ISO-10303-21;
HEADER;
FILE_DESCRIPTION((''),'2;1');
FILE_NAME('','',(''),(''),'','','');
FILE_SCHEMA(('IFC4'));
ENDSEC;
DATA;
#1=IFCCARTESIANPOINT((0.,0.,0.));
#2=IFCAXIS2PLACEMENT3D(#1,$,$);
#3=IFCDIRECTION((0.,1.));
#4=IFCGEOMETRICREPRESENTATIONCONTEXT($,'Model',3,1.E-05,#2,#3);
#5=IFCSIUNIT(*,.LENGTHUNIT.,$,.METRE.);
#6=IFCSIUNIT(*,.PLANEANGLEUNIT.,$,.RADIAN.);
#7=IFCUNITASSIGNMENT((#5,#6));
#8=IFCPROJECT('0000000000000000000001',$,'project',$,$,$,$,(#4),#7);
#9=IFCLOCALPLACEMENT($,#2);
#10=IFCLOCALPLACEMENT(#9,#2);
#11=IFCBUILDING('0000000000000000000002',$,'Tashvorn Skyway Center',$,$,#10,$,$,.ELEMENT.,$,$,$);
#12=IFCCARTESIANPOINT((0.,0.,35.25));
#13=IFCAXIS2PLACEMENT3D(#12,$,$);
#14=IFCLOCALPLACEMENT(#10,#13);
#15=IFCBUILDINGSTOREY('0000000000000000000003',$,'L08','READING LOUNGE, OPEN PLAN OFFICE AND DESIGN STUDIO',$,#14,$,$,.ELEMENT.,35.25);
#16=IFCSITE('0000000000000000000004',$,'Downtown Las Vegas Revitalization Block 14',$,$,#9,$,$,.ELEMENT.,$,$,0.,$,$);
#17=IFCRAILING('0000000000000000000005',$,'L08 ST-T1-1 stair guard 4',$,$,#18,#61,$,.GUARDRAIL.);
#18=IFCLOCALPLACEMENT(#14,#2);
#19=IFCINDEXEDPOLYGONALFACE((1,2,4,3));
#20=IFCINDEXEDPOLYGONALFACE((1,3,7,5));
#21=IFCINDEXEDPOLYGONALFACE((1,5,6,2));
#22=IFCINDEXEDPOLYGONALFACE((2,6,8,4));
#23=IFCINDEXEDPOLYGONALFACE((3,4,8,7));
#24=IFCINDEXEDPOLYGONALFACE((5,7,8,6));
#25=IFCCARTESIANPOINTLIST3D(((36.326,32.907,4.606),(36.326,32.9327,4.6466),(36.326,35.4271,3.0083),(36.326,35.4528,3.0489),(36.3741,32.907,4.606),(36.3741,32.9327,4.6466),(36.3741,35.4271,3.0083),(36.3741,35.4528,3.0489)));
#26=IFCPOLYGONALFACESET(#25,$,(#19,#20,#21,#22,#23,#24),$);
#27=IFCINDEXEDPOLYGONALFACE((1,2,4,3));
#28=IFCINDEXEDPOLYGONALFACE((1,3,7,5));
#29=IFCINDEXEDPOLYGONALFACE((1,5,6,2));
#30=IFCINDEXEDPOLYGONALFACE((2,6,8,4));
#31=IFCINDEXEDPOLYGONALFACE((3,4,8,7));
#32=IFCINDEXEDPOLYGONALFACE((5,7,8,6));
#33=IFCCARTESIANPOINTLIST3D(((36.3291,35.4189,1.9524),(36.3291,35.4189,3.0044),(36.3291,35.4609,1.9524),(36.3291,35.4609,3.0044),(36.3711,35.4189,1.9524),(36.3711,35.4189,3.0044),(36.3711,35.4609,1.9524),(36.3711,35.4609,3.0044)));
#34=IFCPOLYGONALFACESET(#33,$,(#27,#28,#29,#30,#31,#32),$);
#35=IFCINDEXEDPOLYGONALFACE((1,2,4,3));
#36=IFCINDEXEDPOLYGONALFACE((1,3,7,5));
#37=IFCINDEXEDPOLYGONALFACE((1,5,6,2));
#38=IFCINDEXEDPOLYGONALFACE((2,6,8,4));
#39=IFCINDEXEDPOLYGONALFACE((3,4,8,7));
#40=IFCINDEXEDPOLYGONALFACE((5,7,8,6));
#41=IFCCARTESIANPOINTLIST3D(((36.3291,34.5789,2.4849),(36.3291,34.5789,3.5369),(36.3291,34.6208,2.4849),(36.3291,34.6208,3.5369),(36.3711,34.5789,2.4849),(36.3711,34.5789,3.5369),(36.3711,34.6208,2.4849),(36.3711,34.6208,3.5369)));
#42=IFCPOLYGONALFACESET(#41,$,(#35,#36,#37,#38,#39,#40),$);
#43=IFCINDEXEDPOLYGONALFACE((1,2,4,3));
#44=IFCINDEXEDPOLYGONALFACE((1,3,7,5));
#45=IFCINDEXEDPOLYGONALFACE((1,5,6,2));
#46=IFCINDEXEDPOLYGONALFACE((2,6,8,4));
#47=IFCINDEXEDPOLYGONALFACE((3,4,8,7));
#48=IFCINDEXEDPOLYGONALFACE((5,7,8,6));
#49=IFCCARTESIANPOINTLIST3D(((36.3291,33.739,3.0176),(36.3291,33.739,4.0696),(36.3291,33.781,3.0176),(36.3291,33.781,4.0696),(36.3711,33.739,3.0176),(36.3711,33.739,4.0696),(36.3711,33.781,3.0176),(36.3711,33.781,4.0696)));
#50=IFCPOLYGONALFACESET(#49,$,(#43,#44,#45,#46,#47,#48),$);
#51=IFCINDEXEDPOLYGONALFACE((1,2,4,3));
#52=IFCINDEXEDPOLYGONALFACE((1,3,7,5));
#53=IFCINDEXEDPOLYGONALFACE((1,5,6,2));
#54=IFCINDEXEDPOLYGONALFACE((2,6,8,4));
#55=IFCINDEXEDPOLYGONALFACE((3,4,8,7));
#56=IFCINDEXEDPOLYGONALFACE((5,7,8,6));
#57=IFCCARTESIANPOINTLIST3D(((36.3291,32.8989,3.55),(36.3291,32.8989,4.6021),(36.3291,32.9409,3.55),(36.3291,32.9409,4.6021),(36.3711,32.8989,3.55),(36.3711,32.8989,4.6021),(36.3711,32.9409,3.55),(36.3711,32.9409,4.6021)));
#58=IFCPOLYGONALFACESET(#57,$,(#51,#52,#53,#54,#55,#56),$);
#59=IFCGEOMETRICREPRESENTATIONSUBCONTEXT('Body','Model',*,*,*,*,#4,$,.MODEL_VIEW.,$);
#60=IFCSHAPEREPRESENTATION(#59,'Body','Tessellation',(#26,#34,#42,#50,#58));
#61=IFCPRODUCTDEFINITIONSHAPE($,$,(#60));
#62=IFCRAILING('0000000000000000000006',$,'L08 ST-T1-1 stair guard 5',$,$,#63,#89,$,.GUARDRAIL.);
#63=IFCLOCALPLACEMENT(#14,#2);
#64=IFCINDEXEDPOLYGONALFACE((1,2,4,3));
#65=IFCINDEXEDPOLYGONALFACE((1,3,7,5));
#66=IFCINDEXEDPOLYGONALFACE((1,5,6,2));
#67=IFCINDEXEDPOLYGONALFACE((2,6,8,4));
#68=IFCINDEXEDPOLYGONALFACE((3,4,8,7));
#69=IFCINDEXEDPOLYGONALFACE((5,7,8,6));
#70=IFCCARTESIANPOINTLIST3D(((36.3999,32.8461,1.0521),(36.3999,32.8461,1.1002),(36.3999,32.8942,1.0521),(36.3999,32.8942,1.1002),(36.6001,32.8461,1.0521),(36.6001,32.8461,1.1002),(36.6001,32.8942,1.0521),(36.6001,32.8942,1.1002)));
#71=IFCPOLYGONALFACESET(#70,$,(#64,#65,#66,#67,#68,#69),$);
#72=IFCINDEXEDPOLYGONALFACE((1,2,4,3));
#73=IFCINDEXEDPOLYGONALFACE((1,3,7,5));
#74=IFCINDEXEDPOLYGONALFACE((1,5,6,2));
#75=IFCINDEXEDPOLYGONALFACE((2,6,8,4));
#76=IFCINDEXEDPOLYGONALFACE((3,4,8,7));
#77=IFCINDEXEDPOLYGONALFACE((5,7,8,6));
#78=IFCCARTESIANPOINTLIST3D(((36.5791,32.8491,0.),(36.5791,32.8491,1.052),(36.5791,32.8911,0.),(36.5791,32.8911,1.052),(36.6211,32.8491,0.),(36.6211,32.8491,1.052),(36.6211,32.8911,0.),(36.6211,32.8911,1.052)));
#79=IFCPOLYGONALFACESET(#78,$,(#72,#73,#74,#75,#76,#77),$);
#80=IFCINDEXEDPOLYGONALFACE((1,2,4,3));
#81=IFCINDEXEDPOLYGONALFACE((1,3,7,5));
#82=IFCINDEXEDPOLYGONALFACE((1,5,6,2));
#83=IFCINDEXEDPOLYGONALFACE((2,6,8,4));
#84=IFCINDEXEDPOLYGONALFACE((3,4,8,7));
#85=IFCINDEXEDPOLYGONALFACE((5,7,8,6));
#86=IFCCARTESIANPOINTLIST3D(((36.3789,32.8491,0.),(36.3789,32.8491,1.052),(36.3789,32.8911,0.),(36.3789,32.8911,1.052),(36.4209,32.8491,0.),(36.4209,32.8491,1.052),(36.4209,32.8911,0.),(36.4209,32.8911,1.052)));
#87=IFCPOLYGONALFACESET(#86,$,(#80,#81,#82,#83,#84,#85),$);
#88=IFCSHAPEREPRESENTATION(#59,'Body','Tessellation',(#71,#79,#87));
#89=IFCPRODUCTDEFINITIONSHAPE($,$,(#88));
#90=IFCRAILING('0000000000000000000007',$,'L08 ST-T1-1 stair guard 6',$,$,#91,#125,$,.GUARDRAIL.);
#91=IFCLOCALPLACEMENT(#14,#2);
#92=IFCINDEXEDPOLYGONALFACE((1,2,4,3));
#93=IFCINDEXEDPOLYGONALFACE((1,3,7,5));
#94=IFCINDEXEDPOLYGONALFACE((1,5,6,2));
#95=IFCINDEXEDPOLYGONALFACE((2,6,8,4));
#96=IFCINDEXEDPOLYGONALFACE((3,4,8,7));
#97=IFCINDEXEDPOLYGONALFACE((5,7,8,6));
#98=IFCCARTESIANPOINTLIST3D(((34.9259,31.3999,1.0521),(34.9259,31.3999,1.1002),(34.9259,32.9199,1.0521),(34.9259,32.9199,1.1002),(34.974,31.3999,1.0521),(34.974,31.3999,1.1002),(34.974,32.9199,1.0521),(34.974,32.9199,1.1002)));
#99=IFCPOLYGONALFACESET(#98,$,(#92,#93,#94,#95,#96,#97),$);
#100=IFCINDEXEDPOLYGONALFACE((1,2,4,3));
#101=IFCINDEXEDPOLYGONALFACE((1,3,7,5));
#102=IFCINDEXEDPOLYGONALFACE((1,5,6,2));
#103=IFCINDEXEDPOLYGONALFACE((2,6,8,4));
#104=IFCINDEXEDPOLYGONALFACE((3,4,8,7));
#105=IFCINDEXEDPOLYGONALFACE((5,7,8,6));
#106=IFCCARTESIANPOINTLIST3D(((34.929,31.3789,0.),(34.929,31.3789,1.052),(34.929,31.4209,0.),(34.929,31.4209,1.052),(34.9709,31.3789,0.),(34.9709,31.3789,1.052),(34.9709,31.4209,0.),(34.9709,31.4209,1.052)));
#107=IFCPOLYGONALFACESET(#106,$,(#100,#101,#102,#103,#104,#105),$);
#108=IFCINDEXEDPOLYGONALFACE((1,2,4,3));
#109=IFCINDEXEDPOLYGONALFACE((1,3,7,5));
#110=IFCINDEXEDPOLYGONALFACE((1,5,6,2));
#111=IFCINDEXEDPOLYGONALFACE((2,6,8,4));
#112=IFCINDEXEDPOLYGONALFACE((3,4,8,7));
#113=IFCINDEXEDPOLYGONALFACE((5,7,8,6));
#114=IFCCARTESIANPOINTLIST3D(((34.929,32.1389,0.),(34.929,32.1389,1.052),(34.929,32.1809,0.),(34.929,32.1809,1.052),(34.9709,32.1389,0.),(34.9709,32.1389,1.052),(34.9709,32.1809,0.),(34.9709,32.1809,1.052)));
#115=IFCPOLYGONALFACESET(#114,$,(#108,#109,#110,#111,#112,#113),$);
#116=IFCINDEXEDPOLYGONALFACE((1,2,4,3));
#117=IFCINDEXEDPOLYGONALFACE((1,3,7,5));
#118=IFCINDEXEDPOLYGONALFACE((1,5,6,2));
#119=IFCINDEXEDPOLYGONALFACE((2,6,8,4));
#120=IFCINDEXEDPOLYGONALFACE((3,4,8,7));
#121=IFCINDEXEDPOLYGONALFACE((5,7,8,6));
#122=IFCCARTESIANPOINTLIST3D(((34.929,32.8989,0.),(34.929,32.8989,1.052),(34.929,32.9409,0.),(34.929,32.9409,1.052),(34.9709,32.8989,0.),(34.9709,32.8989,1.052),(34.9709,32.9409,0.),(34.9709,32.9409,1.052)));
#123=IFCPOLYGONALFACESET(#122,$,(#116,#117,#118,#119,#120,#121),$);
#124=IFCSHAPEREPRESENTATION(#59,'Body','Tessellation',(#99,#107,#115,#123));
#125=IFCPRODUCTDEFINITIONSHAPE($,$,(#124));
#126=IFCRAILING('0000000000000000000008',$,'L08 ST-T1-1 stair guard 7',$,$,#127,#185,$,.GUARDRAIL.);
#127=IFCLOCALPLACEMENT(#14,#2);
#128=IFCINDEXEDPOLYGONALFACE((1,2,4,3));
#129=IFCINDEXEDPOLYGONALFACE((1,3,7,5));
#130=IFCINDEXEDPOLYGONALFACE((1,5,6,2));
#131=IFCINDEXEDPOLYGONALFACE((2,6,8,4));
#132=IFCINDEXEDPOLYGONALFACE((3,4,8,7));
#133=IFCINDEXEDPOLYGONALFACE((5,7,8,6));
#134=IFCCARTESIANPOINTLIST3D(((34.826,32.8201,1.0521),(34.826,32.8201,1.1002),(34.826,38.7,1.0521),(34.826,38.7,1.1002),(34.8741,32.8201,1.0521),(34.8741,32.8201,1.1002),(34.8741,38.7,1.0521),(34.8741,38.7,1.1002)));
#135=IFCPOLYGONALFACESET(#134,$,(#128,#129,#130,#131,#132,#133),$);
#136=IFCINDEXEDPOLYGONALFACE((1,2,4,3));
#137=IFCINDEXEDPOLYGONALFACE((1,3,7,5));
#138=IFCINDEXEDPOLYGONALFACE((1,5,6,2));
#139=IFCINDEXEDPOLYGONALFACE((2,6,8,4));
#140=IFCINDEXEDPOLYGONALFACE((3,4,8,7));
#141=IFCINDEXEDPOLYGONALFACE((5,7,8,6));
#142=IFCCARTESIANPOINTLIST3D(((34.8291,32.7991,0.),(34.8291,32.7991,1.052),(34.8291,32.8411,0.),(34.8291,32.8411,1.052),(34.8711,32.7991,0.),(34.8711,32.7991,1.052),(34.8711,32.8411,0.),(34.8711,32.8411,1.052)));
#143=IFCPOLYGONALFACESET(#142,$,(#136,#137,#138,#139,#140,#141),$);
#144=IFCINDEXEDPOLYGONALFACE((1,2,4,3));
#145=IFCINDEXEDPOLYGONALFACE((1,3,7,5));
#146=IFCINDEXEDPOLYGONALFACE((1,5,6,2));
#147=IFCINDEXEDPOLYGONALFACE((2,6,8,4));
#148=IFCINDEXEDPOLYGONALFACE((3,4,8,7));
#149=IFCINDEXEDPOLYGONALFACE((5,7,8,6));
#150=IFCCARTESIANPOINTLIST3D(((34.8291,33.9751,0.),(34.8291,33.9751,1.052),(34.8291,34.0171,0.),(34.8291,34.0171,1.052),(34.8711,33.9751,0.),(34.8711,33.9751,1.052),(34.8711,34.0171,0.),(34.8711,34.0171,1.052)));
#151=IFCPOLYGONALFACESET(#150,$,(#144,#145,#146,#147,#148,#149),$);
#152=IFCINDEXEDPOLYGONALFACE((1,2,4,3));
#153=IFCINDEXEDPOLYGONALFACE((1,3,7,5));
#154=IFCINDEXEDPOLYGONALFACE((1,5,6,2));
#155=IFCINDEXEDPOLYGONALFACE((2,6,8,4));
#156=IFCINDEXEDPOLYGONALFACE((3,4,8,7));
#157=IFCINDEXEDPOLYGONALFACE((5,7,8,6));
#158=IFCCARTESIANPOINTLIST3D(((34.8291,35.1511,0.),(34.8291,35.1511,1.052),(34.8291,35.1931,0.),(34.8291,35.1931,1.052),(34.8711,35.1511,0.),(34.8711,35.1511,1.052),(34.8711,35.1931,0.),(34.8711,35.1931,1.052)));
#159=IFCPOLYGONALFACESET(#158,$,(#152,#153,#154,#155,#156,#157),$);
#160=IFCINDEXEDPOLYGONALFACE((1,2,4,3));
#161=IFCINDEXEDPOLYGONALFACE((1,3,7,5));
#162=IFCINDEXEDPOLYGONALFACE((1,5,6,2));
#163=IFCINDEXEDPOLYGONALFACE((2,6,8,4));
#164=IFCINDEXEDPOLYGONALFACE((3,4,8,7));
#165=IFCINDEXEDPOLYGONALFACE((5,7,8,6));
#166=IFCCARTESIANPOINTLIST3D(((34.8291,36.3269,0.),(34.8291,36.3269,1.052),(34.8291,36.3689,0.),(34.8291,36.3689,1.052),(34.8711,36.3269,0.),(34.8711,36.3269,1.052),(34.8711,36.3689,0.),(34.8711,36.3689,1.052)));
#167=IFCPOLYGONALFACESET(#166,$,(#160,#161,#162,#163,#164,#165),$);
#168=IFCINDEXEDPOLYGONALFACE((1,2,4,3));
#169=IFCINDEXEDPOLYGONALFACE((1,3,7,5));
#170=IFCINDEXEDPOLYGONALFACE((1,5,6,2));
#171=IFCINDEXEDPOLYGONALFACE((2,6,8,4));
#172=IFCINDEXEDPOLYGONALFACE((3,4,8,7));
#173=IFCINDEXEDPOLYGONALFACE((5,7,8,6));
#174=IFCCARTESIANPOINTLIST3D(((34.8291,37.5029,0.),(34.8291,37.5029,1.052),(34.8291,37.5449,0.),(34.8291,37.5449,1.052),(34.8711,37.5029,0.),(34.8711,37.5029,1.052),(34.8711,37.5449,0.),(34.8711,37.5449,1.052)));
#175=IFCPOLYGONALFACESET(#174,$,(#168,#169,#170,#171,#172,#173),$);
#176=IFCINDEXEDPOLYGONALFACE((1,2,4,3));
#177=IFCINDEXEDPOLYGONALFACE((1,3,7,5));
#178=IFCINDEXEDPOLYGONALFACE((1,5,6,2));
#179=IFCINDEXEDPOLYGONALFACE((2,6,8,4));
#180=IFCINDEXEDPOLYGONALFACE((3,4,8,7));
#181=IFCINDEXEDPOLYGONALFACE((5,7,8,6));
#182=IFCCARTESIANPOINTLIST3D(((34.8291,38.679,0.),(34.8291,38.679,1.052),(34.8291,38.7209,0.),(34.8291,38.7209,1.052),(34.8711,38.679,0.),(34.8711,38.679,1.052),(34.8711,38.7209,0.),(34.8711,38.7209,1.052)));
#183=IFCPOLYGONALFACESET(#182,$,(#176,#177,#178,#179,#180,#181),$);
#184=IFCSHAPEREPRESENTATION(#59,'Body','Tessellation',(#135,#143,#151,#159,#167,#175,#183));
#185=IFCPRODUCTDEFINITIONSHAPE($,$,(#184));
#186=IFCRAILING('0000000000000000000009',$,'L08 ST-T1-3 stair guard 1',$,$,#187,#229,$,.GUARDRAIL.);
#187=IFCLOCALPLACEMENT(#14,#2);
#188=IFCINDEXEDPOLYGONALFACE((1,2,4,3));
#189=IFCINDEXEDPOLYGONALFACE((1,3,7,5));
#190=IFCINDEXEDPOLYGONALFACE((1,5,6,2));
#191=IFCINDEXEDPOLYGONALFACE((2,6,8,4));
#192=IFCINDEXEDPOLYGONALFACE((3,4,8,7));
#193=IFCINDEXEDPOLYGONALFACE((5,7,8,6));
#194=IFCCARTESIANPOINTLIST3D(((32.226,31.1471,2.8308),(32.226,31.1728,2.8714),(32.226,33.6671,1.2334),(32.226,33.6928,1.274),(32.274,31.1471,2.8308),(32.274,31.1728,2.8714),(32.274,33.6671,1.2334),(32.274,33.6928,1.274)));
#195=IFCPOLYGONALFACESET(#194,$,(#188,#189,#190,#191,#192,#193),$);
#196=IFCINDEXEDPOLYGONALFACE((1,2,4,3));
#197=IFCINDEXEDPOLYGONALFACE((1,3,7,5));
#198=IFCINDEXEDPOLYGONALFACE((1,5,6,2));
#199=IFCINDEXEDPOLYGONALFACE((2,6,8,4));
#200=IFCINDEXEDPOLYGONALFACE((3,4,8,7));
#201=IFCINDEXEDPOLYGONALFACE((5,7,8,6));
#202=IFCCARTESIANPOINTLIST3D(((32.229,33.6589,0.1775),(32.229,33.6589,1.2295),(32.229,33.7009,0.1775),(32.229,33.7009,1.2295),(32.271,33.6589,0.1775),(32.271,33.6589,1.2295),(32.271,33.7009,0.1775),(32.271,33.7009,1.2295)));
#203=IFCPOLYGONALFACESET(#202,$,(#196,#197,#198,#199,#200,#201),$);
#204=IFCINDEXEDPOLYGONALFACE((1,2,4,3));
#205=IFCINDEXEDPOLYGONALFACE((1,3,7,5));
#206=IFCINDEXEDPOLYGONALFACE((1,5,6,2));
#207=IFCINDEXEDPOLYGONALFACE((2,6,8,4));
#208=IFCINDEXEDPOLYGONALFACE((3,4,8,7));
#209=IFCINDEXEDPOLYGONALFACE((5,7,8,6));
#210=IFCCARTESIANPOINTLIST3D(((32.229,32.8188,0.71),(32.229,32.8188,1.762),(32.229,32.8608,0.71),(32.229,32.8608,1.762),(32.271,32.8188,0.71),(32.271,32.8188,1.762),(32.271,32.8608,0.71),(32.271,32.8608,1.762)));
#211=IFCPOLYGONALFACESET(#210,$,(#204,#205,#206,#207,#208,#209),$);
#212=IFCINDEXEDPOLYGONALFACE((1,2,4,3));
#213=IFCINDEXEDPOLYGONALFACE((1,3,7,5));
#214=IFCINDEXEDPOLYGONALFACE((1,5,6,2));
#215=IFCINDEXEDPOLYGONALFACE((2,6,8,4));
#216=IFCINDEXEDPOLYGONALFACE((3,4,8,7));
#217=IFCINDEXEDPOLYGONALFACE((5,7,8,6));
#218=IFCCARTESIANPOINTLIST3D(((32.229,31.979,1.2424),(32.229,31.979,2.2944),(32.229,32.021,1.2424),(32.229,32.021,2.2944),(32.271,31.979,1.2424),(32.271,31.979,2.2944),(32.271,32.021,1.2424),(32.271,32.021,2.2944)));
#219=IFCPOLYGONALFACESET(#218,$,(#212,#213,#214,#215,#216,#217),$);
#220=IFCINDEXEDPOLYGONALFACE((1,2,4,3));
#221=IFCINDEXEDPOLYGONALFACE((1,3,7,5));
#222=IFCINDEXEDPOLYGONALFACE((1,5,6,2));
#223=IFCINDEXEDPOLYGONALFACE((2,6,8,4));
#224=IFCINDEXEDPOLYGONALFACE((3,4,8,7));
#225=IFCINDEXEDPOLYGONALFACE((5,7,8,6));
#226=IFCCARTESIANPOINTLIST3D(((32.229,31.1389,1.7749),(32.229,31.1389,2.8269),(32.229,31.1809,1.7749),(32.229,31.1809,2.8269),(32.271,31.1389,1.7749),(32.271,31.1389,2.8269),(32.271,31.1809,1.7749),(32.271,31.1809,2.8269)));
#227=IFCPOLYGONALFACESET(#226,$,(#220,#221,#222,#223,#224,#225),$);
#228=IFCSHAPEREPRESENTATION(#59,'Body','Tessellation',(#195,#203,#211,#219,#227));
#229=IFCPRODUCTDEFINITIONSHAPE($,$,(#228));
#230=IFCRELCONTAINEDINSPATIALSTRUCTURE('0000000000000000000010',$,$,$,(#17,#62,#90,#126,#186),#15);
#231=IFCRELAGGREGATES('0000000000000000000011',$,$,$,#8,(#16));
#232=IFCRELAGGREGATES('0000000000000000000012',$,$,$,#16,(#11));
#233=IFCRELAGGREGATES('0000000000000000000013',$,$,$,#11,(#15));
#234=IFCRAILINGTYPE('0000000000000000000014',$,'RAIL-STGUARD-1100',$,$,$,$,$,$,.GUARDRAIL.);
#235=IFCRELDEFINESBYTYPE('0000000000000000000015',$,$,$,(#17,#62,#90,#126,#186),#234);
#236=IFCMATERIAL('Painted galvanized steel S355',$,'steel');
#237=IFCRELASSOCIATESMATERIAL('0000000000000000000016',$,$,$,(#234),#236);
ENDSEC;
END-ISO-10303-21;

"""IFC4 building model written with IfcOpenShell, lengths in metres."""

from ifc_helpers import new_model, si_unit, direction, frame, origin, origin_2d, place, context, subcontext, project, spatial, rectangle, extrude, material, type_object, element, save


model = new_model("IFC4")

# Units and contexts
model_context = context("Model", 3, precision=1e-05, world=origin(), true_north=direction((0.0, 1.0)))
body_context = subcontext(model_context, "Body", "Model", "MODEL_VIEW")
ifc_project = project(units=[si_unit("LENGTHUNIT", "METRE"), si_unit("PLANEANGLEUNIT", "RADIAN")], contexts=[model_context])

# Site, building, storey
site_placement = place(None, origin())
site = spatial("IfcSite", under=ifc_project, at=site_placement, Name="Downtown Las Vegas Revitalization Block 14", CompositionType="ELEMENT", RefElevation=0.0)
building_placement = place(site_placement, origin())
building = spatial("IfcBuilding", under=site, at=building_placement, Name="Tashvorn Skyway Center", CompositionType="ELEMENT")
storey_placement = place(building_placement, frame((0.0, 0.0, 35.25)))
storey = spatial("IfcBuildingStorey", under=building, at=storey_placement, Name="L08", Description="READING LOUNGE, OPEN PLAN OFFICE AND DESIGN STUDIO", CompositionType="ELEMENT", Elevation=35.25)

# Railings
ifc_material_1 = material(Name="Painted galvanized steel S355", Category="steel")
railing_type_1 = type_object("IfcRailingType", Name="RAIL-STGUARD-1100", PredefinedType="GUARDRAIL", material=ifc_material_1)
railing_1_placement = place(storey_placement, frame((36.3501, 35.4399, 1.9524)))
element("IfcRailing", 1, at=railing_1_placement, inside=storey, type_object=railing_type_1, Name="L08 ST-T1-1 stair guard 4", PredefinedType="GUARDRAIL", context=body_context, shape_type="SweptSolid", body=[
    extrude(rectangle(XDim=0.0481, YDim=0.0481, at=origin_2d()), frame((0.0, 0.0, 1.0762), z_axis=(0.0, -0.84457, 0.535445), x_axis=(1.0, 0.0, 0.0)), (0.0, 0.0, 1.0), 2.9839),
    extrude(rectangle(XDim=0.042, YDim=0.042, at=origin_2d()), origin(), (0.0, 0.0, 1.0), 1.052),
    extrude(rectangle(XDim=0.042, YDim=0.042, at=origin_2d()), frame((0.0, -0.8401, 0.5325)), (0.0, 0.0, 1.0), 1.052),
    extrude(rectangle(XDim=0.042, YDim=0.042, at=origin_2d()), frame((0.0, -1.6799, 1.0652)), (0.0, 0.0, 1.0), 1.052),
    extrude(rectangle(XDim=0.042, YDim=0.042, at=origin_2d()), frame((0.0, -2.52, 1.5977)), (0.0, 0.0, 1.0), 1.052),
])
railing_2_placement = place(storey_placement, frame((36.6001, 32.8701, 0.0)))
element("IfcRailing", 2, at=railing_2_placement, inside=storey, type_object=railing_type_1, Name="L08 ST-T1-1 stair guard 5", PredefinedType="GUARDRAIL", context=body_context, shape_type="SweptSolid", body=[
    extrude(rectangle(XDim=0.0481, YDim=0.0481, at=origin_2d()), frame((0.0, 0.0, 1.0762), z_axis=(-1.0, 0.0, 0.0), x_axis=(0.0, -1.0, 0.0)), (0.0, 0.0, 1.0), 0.2002),
    extrude(rectangle(XDim=0.042, YDim=0.042, at=origin_2d()), origin(), (0.0, 0.0, 1.0), 1.052),
    extrude(rectangle(XDim=0.042, YDim=0.042, at=origin_2d()), frame((-0.2002, 0.0, 0.0)), (0.0, 0.0, 1.0), 1.052),
])
railing_3_placement = place(storey_placement, frame((34.95, 31.3999, 0.0)))
element("IfcRailing", 3, at=railing_3_placement, inside=storey, type_object=railing_type_1, Name="L08 ST-T1-1 stair guard 6", PredefinedType="GUARDRAIL", context=body_context, shape_type="SweptSolid", body=[
    extrude(rectangle(XDim=0.0481, YDim=0.0481, at=origin_2d()), frame((0.0, 0.0, 1.0762), z_axis=(0.0, 1.0, 0.0), x_axis=(-1.0, 0.0, 0.0)), (0.0, 0.0, 1.0), 1.52),
    extrude(rectangle(XDim=0.042, YDim=0.042, at=origin_2d()), origin(), (0.0, 0.0, 1.0), 1.052),
    extrude(rectangle(XDim=0.042, YDim=0.042, at=origin_2d()), frame((0.0, 0.76, 0.0)), (0.0, 0.0, 1.0), 1.052),
    extrude(rectangle(XDim=0.042, YDim=0.042, at=origin_2d()), frame((0.0, 1.52, 0.0)), (0.0, 0.0, 1.0), 1.052),
])
railing_4_placement = place(storey_placement, frame((34.8501, 32.8201, 0.0)))
element("IfcRailing", 4, at=railing_4_placement, inside=storey, type_object=railing_type_1, Name="L08 ST-T1-1 stair guard 7", PredefinedType="GUARDRAIL", context=body_context, shape_type="SweptSolid", body=[
    extrude(rectangle(XDim=0.0481, YDim=0.0481, at=origin_2d()), frame((0.0, 0.0, 1.0762), z_axis=(0.0, 1.0, 0.0), x_axis=(-1.0, 0.0, 0.0)), (0.0, 0.0, 1.0), 5.8799),
    extrude(rectangle(XDim=0.042, YDim=0.042, at=origin_2d()), origin(), (0.0, 0.0, 1.0), 1.052),
    extrude(rectangle(XDim=0.042, YDim=0.042, at=origin_2d()), frame((0.0, 1.176, 0.0)), (0.0, 0.0, 1.0), 1.052),
    extrude(rectangle(XDim=0.042, YDim=0.042, at=origin_2d()), frame((0.0, 2.3521, 0.0)), (0.0, 0.0, 1.0), 1.052),
    extrude(rectangle(XDim=0.042, YDim=0.042, at=origin_2d()), frame((0.0, 3.5278, 0.0)), (0.0, 0.0, 1.0), 1.052),
    extrude(rectangle(XDim=0.042, YDim=0.042, at=origin_2d()), frame((0.0, 4.7039, 0.0)), (0.0, 0.0, 1.0), 1.052),
    extrude(rectangle(XDim=0.042, YDim=0.042, at=origin_2d()), frame((0.0, 5.8799, 0.0)), (0.0, 0.0, 1.0), 1.052),
])
railing_5_placement = place(storey_placement, frame((32.25, 33.6799, 0.1775)))
element("IfcRailing", 5, at=railing_5_placement, inside=storey, type_object=railing_type_1, Name="L08 ST-T1-3 stair guard 1", PredefinedType="GUARDRAIL", context=body_context, shape_type="SweptSolid", body=[
    extrude(rectangle(XDim=0.0481, YDim=0.0481, at=origin_2d()), frame((0.0, 0.0, 1.0762), z_axis=(0.0, -0.844607, 0.535387), x_axis=(1.0, 0.0, 0.0)), (0.0, 0.0, 1.0), 2.9836),
    extrude(rectangle(XDim=0.042, YDim=0.042, at=origin_2d()), origin(), (0.0, 0.0, 1.0), 1.052),
    extrude(rectangle(XDim=0.042, YDim=0.042, at=origin_2d()), frame((0.0, -0.8401, 0.5325)), (0.0, 0.0, 1.0), 1.052),
    extrude(rectangle(XDim=0.042, YDim=0.042, at=origin_2d()), frame((0.0, -1.6799, 1.0649)), (0.0, 0.0, 1.0), 1.052),
    extrude(rectangle(XDim=0.042, YDim=0.042, at=origin_2d()), frame((0.0, -2.52, 1.5974)), (0.0, 0.0, 1.0), 1.052),
])

save(model, "model.ifc")
